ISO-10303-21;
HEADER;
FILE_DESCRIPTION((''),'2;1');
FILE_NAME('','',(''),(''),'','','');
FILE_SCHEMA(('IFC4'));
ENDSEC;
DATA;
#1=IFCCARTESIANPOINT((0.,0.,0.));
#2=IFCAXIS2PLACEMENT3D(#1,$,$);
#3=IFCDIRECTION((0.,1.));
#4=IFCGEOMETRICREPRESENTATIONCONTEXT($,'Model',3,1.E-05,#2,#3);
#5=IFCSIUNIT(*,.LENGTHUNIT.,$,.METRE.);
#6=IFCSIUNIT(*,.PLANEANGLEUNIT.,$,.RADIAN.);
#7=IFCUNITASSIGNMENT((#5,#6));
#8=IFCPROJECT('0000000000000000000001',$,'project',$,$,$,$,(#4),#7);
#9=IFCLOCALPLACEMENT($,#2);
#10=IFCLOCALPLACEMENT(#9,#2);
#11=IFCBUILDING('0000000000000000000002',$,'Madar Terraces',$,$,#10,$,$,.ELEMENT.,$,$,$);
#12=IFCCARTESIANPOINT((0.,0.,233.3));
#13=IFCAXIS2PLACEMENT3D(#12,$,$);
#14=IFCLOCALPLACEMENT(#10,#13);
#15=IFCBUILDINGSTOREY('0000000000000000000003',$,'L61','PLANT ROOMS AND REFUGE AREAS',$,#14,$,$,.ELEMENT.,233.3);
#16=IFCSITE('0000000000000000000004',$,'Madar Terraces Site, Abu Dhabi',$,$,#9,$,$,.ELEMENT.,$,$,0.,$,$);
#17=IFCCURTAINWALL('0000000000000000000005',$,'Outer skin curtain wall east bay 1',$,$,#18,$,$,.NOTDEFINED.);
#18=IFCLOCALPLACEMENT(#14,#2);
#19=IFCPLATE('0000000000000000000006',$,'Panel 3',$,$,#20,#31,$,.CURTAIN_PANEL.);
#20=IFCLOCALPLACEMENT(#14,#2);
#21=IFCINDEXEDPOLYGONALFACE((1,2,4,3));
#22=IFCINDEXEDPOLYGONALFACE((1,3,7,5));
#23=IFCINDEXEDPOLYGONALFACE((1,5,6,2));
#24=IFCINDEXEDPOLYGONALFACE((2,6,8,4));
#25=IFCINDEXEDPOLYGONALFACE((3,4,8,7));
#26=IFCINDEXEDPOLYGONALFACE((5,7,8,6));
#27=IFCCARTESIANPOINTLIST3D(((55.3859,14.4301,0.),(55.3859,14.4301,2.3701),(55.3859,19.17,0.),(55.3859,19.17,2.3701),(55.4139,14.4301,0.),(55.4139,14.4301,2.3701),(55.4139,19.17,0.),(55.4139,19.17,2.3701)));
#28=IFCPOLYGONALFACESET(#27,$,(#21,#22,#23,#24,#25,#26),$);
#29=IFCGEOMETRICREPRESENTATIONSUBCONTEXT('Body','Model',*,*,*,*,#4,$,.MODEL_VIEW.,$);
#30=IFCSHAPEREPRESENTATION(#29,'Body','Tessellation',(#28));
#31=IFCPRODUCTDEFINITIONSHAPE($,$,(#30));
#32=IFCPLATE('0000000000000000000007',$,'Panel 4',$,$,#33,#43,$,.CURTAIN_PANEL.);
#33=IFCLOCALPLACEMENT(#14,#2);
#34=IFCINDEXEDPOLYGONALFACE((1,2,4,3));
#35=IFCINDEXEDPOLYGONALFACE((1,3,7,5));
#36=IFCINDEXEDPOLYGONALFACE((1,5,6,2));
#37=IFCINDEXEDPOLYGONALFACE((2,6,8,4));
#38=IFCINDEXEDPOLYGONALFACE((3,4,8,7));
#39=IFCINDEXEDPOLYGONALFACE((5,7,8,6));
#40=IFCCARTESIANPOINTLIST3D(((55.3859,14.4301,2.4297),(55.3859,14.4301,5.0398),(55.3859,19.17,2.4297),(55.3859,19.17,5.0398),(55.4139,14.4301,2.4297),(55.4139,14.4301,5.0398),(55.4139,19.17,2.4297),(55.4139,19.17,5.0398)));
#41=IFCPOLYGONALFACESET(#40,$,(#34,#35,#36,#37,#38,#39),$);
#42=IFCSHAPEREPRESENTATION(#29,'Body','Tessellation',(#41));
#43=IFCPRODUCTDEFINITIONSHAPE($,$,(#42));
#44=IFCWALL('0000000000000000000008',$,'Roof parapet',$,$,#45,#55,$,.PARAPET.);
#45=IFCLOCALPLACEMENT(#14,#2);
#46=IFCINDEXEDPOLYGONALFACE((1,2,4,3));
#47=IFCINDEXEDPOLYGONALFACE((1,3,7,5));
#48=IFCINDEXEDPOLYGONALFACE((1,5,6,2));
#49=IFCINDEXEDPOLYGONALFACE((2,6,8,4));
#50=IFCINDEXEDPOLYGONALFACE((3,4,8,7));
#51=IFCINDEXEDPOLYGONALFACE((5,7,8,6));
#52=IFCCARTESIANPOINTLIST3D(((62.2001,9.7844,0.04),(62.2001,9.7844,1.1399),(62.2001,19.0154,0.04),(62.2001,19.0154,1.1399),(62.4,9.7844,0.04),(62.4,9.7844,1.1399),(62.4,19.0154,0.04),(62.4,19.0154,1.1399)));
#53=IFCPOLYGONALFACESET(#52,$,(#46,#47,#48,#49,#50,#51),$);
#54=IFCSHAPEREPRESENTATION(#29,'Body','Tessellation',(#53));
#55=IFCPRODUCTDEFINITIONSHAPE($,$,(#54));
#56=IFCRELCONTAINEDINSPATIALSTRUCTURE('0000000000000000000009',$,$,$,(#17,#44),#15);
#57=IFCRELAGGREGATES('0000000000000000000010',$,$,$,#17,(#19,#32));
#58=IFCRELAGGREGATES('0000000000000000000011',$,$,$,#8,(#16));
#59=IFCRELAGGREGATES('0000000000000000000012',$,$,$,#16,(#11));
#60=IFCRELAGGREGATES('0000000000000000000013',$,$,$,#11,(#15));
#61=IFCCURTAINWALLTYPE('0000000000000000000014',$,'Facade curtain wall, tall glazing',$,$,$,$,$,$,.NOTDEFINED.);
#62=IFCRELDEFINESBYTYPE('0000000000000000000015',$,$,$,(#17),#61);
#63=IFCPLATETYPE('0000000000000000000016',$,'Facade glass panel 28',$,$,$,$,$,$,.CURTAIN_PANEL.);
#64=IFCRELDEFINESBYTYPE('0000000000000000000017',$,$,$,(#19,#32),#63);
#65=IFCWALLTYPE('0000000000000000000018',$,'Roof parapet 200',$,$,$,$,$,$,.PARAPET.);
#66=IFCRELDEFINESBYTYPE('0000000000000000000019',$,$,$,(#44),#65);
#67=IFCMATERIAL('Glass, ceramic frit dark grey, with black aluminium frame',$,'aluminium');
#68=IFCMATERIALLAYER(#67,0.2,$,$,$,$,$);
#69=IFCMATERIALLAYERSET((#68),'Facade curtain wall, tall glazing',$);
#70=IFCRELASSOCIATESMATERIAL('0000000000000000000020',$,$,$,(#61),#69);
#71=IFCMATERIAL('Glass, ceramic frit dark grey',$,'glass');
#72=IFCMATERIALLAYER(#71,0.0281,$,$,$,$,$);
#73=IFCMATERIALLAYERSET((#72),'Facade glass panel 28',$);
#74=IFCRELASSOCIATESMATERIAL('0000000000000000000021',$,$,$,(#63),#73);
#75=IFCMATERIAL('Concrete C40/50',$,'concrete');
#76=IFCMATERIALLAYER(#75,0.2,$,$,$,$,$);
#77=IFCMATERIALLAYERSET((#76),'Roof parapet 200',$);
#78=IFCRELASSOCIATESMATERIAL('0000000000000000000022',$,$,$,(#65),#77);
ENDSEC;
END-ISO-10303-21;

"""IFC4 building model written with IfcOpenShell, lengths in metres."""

from ifc_helpers import new_model, si_unit, direction, frame, frame_2d, origin, origin_2d, place, context, subcontext, project, spatial, rectangle, extrude, material, layer, layer_set, type_object, element, aggregate, save


model = new_model("IFC4")

# Units and contexts
model_context = context("Model", 3, precision=1e-05, world=origin(), true_north=direction((0.0, 1.0)))
body_context = subcontext(model_context, "Body", "Model", "MODEL_VIEW")
ifc_project = project(units=[si_unit("LENGTHUNIT", "METRE"), si_unit("PLANEANGLEUNIT", "RADIAN")], contexts=[model_context])

# Site, building, storey
site_placement = place(None, origin())
site = spatial("IfcSite", under=ifc_project, at=site_placement, Name="Madar Terraces Site, Abu Dhabi", CompositionType="ELEMENT", RefElevation=0.0)
building_placement = place(site_placement, origin())
building = spatial("IfcBuilding", under=site, at=building_placement, Name="Madar Terraces", CompositionType="ELEMENT")
storey_placement = place(building_placement, frame((0.0, 0.0, 233.3)))
storey = spatial("IfcBuildingStorey", under=building, at=storey_placement, Name="L61", Description="PLANT ROOMS AND REFUGE AREAS", CompositionType="ELEMENT", Elevation=233.3)

# Curtain wall
ifc_material_1 = material(Name="Glass, ceramic frit dark grey, with black aluminium frame", Category="aluminium")
ifc_layer_1 = layer(ifc_material_1, 0.2)
ifc_layer_set_1 = layer_set([ifc_layer_1], Name="Facade curtain wall, tall glazing")
curtain_wall_type = type_object("IfcCurtainWallType", Name="Facade curtain wall, tall glazing", PredefinedType="NOTDEFINED", material=ifc_layer_set_1)
curtain_wall_placement = place(storey_placement, origin())
curtain_wall = element("IfcCurtainWall", 1, at=curtain_wall_placement, inside=storey, type_object=curtain_wall_type, Name="Outer skin curtain wall east bay 1", PredefinedType="NOTDEFINED")

# Plates
ifc_material_2 = material(Name="Glass, ceramic frit dark grey", Category="glass")
ifc_layer_2 = layer(ifc_material_2, 0.0281)
ifc_layer_set_2 = layer_set([ifc_layer_2], Name="Facade glass panel 28")
plate_type = type_object("IfcPlateType", Name="Facade glass panel 28", PredefinedType="CURTAIN_PANEL", material=ifc_layer_set_2)
plate_1_placement = place(storey_placement, frame((55.3999, 16.8, 0.0), z_axis=(0.0, 0.0, 1.0), x_axis=(0.0, 1.0, 0.0)))
plate_1 = element("IfcPlate", 2, at=plate_1_placement, type_object=plate_type, Name="Panel 3", PredefinedType="CURTAIN_PANEL", context=body_context, shape_type="SweptSolid", body=[
    extrude(rectangle(XDim=4.74, YDim=0.0281, at=origin_2d()), origin(), (0.0, 0.0, 1.0), 2.3701),
])
plate_2_placement = place(storey_placement, frame((55.3999, 16.8, 2.4297), z_axis=(0.0, 0.0, 1.0), x_axis=(0.0, 1.0, 0.0)))
plate_2 = element("IfcPlate", 3, at=plate_2_placement, type_object=plate_type, Name="Panel 4", PredefinedType="CURTAIN_PANEL", context=body_context, shape_type="SweptSolid", body=[
    extrude(rectangle(XDim=4.74, YDim=0.0281, at=origin_2d()), origin(), (0.0, 0.0, 1.0), 2.6101),
])
aggregate(curtain_wall, [plate_1, plate_2])

# Wall
ifc_material_3 = material(Name="Concrete C40/50", Category="concrete")
ifc_layer_3 = layer(ifc_material_3, 0.2)
ifc_layer_set_3 = layer_set([ifc_layer_3], Name="Roof parapet 200")
wall_type = type_object("IfcWallType", Name="Roof parapet 200", PredefinedType="PARAPET", material=ifc_layer_set_3)
wall_placement = place(storey_placement, frame((62.3, 9.7844, 0.04), z_axis=(0.0, 0.0, 1.0), x_axis=(0.0, 1.0, 0.0)))
element("IfcWall", 4, at=wall_placement, inside=storey, type_object=wall_type, Name="Roof parapet", PredefinedType="PARAPET", context=body_context, shape_type="SweptSolid", body=[
    extrude(rectangle(XDim=9.231, YDim=0.2, at=frame_2d((4.6155, 0.0))), origin(), (0.0, 0.0, 1.0), 1.0999),
])

save(model, "model.ifc")
